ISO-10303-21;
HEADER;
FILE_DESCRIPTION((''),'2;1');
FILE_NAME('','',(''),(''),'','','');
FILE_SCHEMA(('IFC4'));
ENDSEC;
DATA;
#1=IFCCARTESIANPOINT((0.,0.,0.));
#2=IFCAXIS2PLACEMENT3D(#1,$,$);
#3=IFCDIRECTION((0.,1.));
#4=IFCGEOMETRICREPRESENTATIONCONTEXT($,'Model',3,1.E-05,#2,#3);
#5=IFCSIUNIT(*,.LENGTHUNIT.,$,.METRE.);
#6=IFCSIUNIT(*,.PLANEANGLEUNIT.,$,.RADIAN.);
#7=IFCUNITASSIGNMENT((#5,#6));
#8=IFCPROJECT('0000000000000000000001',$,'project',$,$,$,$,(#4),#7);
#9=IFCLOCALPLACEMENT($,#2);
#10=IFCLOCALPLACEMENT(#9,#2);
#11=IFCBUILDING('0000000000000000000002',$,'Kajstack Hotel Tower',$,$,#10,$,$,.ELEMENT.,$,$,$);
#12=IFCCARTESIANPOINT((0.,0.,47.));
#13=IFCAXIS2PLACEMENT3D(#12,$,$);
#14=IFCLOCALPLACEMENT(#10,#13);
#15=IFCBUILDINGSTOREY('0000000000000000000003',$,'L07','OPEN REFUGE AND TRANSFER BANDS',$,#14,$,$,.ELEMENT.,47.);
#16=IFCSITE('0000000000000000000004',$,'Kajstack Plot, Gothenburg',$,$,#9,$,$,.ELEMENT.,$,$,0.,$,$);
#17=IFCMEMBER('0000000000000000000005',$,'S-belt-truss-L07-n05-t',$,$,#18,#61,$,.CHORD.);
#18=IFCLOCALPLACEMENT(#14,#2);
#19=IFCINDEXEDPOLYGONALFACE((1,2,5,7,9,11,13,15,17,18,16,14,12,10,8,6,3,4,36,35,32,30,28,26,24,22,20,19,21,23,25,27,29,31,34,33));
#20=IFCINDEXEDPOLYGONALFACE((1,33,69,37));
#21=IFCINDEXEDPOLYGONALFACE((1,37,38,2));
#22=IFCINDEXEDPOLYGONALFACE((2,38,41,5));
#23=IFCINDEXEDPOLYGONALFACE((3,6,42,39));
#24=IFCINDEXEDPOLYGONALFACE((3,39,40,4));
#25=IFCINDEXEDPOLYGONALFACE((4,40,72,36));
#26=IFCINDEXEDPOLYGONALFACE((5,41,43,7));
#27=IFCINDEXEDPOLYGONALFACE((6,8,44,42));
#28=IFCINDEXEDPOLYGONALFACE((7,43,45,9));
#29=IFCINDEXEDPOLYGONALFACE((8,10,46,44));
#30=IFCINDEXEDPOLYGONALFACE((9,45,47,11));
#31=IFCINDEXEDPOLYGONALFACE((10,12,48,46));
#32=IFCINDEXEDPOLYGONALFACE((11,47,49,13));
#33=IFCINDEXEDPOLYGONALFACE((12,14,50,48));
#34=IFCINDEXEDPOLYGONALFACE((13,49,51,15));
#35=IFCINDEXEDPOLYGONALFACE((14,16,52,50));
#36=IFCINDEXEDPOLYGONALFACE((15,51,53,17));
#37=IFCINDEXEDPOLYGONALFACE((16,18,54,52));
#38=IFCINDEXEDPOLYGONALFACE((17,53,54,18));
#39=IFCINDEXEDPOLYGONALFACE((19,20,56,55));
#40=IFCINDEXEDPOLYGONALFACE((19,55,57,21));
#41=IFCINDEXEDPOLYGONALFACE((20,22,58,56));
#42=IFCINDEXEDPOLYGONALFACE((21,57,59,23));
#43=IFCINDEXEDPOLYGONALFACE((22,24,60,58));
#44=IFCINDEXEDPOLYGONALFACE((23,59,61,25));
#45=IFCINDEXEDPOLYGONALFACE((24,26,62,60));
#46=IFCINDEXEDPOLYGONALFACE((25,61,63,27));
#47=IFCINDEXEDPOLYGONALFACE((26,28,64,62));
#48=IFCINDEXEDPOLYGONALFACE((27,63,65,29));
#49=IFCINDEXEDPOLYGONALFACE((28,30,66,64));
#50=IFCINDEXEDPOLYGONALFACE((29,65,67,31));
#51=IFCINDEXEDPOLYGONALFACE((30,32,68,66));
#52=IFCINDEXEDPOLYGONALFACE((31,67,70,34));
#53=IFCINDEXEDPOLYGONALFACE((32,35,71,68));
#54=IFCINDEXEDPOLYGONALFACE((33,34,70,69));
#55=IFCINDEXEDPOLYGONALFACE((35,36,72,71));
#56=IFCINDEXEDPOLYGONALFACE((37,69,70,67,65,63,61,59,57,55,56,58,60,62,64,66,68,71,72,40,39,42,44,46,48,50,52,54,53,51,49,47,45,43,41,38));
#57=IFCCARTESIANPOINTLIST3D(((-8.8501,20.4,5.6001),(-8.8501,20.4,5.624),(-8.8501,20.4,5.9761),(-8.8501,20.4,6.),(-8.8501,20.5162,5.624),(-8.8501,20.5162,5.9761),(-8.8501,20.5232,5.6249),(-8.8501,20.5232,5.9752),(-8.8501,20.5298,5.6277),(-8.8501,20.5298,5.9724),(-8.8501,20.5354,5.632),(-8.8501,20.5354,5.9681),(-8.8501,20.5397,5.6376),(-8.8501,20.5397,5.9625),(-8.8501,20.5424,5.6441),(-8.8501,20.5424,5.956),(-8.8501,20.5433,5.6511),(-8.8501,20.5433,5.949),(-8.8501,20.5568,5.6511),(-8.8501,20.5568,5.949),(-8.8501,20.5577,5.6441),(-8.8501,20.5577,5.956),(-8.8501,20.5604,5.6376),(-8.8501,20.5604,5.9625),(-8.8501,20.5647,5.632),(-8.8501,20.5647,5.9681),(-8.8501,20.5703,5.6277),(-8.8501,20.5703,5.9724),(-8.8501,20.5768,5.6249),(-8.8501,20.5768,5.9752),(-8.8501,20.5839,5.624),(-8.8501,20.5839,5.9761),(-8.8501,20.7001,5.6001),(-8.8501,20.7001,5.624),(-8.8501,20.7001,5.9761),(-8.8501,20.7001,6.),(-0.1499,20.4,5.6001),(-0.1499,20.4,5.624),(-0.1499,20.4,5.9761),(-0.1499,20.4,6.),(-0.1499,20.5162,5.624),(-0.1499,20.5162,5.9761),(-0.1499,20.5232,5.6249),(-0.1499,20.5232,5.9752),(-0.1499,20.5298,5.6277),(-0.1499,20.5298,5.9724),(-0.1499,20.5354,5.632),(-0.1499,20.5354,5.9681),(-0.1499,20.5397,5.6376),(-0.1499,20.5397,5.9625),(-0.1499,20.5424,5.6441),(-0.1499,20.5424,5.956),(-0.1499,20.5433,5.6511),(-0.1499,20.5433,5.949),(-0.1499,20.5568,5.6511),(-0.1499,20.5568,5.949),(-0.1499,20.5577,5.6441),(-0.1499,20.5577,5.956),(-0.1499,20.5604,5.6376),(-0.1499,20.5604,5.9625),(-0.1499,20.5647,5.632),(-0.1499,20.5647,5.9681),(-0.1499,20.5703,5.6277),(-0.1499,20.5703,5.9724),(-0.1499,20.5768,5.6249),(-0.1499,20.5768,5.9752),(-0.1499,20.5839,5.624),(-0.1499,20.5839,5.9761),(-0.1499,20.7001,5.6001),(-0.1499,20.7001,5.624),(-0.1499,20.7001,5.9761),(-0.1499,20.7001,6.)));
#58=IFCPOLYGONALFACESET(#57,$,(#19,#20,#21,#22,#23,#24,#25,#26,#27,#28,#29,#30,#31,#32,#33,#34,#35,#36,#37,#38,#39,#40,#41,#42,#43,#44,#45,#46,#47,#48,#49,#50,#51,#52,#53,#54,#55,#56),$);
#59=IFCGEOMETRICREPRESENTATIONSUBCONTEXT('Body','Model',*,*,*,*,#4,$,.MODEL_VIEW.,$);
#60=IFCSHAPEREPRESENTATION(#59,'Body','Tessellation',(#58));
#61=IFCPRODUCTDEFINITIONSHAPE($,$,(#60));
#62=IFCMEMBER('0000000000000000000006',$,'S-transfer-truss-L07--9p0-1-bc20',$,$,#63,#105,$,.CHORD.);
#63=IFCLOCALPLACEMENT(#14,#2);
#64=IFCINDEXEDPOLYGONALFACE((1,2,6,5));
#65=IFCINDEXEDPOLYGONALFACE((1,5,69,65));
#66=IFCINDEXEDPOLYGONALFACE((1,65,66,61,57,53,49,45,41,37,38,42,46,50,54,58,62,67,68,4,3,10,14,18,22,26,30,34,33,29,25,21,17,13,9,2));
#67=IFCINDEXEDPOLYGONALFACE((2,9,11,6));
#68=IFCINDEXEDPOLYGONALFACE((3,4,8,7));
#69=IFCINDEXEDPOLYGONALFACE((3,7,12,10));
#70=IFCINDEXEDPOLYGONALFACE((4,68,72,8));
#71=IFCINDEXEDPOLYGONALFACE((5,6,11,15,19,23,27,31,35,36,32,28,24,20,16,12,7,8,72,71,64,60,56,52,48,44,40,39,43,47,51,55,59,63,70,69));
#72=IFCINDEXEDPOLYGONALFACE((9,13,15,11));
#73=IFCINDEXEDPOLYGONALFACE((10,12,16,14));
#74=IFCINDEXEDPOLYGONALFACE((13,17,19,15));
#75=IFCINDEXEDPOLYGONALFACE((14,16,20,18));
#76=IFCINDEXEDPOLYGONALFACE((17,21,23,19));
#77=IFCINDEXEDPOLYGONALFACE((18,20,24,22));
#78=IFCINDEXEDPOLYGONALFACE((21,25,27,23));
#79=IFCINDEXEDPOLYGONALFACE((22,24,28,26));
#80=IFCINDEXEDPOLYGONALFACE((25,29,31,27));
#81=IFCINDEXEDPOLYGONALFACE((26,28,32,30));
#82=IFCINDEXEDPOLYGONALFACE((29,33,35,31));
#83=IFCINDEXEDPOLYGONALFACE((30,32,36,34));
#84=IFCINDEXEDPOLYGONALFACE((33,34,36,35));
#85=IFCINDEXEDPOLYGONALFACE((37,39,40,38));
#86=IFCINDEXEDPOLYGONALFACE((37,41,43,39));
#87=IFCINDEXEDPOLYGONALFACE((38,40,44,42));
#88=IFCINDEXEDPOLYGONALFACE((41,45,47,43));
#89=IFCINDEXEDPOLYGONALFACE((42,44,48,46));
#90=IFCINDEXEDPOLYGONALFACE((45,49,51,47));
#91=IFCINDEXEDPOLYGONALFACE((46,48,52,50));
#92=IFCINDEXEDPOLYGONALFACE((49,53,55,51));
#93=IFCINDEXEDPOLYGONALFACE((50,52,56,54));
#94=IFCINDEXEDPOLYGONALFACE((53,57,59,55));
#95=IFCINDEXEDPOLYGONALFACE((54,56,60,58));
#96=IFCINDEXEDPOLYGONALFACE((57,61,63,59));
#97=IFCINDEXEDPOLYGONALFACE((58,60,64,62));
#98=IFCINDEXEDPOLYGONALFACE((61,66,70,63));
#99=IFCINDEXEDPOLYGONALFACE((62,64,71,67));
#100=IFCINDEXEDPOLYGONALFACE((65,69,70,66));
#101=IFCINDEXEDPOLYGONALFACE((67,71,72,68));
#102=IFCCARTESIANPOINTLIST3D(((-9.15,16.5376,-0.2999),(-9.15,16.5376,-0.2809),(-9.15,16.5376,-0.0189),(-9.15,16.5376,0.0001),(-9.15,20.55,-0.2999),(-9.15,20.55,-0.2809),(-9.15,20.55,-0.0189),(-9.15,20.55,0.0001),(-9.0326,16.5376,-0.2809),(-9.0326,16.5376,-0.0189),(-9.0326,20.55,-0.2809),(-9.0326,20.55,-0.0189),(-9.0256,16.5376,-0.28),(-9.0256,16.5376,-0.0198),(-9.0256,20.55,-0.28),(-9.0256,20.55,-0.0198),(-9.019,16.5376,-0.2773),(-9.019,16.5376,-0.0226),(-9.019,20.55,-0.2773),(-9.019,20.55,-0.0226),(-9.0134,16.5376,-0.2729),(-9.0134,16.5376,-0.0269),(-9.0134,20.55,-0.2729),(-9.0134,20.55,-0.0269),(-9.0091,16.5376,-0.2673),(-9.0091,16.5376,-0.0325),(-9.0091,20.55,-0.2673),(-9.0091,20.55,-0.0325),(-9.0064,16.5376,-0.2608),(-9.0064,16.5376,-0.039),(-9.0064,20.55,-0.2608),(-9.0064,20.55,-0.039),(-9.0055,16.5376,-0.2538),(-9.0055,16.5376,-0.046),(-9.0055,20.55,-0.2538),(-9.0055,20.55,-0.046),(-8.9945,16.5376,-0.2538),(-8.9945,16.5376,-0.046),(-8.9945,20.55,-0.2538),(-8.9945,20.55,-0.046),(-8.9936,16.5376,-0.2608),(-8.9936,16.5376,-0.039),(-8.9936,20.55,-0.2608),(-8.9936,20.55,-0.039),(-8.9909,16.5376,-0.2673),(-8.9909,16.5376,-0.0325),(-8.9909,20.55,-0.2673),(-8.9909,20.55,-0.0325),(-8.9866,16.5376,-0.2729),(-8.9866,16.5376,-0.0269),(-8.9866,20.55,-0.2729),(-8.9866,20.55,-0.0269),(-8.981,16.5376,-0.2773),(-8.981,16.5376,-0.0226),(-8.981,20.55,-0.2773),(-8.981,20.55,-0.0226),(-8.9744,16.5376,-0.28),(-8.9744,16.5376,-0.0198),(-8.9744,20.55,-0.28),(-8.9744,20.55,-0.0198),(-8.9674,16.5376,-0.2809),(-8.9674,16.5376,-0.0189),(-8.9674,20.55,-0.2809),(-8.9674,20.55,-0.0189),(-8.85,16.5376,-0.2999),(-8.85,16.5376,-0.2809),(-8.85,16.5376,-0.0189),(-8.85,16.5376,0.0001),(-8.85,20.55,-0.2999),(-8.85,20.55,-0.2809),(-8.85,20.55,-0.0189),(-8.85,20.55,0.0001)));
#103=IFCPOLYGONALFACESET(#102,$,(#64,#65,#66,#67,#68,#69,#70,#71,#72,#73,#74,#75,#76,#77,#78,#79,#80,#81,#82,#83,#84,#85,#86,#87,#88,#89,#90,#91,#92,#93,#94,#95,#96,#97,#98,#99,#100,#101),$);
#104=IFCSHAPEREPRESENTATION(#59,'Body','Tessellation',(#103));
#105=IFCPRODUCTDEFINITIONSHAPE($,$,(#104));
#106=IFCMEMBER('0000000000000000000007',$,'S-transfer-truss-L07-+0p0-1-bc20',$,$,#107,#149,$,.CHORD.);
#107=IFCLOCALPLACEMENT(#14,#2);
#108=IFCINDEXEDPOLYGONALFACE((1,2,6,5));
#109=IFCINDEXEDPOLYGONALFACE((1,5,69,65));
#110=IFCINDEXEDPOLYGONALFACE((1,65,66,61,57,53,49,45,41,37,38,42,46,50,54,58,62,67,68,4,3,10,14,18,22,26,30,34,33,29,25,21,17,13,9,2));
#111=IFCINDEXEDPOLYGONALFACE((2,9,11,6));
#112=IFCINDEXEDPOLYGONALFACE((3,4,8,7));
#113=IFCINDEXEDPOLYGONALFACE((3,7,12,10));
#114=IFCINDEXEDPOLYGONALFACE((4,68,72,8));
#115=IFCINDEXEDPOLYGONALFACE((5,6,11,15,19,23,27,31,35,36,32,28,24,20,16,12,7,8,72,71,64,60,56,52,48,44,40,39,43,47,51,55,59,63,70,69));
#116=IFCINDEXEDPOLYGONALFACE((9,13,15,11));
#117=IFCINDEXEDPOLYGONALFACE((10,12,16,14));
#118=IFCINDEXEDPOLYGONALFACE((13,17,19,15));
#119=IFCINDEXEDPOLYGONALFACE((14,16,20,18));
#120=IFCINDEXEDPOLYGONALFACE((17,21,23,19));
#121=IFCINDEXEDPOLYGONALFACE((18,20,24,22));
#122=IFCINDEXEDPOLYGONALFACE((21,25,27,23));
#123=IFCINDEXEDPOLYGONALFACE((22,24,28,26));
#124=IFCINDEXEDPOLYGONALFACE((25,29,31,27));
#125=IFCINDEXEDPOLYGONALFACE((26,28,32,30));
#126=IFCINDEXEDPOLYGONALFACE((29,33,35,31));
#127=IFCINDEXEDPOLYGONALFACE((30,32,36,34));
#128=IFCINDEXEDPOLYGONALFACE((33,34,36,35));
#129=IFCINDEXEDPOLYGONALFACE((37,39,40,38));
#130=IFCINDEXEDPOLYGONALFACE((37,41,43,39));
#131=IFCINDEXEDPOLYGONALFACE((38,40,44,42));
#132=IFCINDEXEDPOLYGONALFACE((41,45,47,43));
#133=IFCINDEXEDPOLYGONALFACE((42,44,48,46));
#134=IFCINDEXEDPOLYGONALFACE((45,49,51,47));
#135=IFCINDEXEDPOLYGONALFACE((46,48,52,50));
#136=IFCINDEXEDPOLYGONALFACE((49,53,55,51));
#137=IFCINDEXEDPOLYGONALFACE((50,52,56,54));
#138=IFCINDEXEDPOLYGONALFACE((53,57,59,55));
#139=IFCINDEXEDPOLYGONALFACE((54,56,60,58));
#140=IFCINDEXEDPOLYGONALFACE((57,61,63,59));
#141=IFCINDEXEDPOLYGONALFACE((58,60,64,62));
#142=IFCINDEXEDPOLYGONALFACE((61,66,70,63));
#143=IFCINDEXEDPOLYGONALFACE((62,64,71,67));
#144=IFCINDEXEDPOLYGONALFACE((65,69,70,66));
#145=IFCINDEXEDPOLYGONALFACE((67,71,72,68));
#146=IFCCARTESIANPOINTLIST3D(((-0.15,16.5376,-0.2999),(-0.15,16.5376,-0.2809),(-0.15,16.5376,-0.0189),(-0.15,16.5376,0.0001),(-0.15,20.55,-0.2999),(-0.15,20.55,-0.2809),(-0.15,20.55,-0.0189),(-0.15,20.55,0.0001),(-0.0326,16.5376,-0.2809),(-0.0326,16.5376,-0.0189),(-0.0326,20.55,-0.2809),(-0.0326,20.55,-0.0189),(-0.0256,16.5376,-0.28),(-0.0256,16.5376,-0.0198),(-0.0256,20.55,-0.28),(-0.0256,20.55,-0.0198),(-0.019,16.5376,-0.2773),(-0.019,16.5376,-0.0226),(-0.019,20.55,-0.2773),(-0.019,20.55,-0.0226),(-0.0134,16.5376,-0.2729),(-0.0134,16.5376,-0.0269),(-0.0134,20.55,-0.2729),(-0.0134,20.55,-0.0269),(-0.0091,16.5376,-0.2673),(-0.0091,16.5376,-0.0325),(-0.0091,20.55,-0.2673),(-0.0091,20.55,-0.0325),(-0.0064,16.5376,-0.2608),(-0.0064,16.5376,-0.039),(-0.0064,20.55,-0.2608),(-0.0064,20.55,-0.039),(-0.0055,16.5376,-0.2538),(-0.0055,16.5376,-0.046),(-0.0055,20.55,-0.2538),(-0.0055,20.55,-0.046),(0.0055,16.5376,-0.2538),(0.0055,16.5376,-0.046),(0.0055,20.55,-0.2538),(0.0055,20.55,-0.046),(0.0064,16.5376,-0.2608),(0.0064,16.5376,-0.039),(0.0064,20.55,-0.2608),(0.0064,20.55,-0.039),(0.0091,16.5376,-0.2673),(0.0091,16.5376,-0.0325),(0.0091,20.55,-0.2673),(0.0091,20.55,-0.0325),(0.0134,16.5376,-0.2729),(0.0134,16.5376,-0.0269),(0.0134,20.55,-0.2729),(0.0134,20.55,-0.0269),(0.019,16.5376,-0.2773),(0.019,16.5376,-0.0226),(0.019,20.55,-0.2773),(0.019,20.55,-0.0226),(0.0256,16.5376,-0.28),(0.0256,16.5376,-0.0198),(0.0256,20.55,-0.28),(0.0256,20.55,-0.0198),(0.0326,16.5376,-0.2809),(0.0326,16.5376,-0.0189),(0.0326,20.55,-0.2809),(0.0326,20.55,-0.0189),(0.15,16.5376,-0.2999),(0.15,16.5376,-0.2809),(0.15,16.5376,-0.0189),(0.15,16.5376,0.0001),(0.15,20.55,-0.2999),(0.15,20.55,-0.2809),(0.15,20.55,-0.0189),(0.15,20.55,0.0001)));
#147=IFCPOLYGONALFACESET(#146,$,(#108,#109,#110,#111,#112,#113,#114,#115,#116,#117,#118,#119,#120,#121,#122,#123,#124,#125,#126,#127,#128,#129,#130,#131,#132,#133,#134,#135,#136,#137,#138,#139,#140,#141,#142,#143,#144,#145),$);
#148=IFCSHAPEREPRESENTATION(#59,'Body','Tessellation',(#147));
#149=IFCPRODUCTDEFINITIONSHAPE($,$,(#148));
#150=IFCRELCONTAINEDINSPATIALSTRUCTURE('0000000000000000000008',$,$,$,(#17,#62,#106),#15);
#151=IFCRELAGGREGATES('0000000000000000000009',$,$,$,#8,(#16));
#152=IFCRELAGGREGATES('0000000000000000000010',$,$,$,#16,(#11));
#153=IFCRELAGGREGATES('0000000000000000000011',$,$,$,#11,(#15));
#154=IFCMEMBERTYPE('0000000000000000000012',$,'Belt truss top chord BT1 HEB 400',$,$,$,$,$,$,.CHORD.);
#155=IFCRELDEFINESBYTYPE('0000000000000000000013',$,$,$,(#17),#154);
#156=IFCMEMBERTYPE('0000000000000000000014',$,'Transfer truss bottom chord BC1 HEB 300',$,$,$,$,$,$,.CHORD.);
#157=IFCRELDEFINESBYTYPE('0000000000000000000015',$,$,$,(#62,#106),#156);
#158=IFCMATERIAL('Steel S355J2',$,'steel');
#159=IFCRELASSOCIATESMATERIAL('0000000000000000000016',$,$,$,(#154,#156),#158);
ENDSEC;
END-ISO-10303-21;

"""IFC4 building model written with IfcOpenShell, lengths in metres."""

from ifc_helpers import new_model, si_unit, direction, frame, origin, origin_2d, place, context, subcontext, project, spatial, i_section, extrude, material, material_profile, profile_set, type_object, element, save


model = new_model("IFC4")

# Units and contexts
model_context = context("Model", 3, precision=1e-05, world=origin(), true_north=direction((0.0, 1.0)))
body_context = subcontext(model_context, "Body", "Model", "MODEL_VIEW")
ifc_project = project(units=[si_unit("LENGTHUNIT", "METRE"), si_unit("PLANEANGLEUNIT", "RADIAN")], contexts=[model_context])

# Site, building, storey
site_placement = place(None, origin())
site = spatial("IfcSite", under=ifc_project, at=site_placement, Name="Kajstack Plot, Gothenburg", CompositionType="ELEMENT", RefElevation=0.0)
building_placement = place(site_placement, origin())
building = spatial("IfcBuilding", under=site, at=building_placement, Name="Kajstack Hotel Tower", CompositionType="ELEMENT")
storey_placement = place(building_placement, frame((0.0, 0.0, 47.0)))
storey = spatial("IfcBuildingStorey", under=building, at=storey_placement, Name="L07", Description="OPEN REFUGE AND TRANSFER BANDS", CompositionType="ELEMENT", Elevation=47.0)

# Members
ifc_material = material(Name="Steel S355J2", Category="steel")
ifc_material_profile_1 = material_profile(ifc_material, i_section(OverallWidth=0.3, OverallDepth=0.3999, WebThickness=0.0134, FlangeThickness=0.0239, FilletRadius=0.0271, at=origin_2d()), Name="HEB 400")
ifc_profile_set_1 = profile_set([ifc_material_profile_1], Name="Steel S355J2")
member_type_1 = type_object("IfcMemberType", Name="Belt truss top chord BT1 HEB 400", PredefinedType="CHORD", material=ifc_profile_set_1)
member_1_placement = place(storey_placement, frame((-8.8501, 20.55, 5.8), z_axis=(1.0, 0.0, 0.0), x_axis=(0.0, 1.0, 0.0)))
element("IfcMember", 1, at=member_1_placement, inside=storey, type_object=member_type_1, Name="S-belt-truss-L07-n05-t", PredefinedType="CHORD", context=body_context, shape_type="SweptSolid", body=[
    extrude(i_section(OverallWidth=0.3, OverallDepth=0.3999, WebThickness=0.0134, FlangeThickness=0.0239, FilletRadius=0.0271, at=origin_2d()), origin(), (0.0, 0.0, 1.0), 8.7002),
])
ifc_material_profile_2 = material_profile(ifc_material, i_section(OverallWidth=0.3, OverallDepth=0.3, WebThickness=0.011, FlangeThickness=0.019, FilletRadius=0.0271, at=origin_2d()), Name="HEB 300")
ifc_profile_set_2 = profile_set([ifc_material_profile_2], Name="Steel S355J2")
member_type_2 = type_object("IfcMemberType", Name="Transfer truss bottom chord BC1 HEB 300", PredefinedType="CHORD", material=ifc_profile_set_2)
for number, where, z_axis, x_axis, name in (
    (2, (-9.0, 16.5376, -0.1499), (0.0, 1.0, 0.0), (-1.0, 0.0, 0.0), "S-transfer-truss-L07--9p0-1-bc20"),
    (3, (0.0, 16.5376, -0.1499), (0.0, 1.0, 0.0), (-1.0, 0.0, 0.0), "S-transfer-truss-L07-+0p0-1-bc20"),
):
    element("IfcMember", number, at=place(storey_placement, frame(where, z_axis=z_axis, x_axis=x_axis)), inside=storey, type_object=member_type_2, Name=name, PredefinedType="CHORD", context=body_context, shape_type="SweptSolid", body=[
        extrude(i_section(OverallWidth=0.3, OverallDepth=0.3, WebThickness=0.011, FlangeThickness=0.019, FilletRadius=0.0271, at=origin_2d()), origin(), (0.0, 0.0, 1.0), 4.0125),
    ])

save(model, "model.ifc")
